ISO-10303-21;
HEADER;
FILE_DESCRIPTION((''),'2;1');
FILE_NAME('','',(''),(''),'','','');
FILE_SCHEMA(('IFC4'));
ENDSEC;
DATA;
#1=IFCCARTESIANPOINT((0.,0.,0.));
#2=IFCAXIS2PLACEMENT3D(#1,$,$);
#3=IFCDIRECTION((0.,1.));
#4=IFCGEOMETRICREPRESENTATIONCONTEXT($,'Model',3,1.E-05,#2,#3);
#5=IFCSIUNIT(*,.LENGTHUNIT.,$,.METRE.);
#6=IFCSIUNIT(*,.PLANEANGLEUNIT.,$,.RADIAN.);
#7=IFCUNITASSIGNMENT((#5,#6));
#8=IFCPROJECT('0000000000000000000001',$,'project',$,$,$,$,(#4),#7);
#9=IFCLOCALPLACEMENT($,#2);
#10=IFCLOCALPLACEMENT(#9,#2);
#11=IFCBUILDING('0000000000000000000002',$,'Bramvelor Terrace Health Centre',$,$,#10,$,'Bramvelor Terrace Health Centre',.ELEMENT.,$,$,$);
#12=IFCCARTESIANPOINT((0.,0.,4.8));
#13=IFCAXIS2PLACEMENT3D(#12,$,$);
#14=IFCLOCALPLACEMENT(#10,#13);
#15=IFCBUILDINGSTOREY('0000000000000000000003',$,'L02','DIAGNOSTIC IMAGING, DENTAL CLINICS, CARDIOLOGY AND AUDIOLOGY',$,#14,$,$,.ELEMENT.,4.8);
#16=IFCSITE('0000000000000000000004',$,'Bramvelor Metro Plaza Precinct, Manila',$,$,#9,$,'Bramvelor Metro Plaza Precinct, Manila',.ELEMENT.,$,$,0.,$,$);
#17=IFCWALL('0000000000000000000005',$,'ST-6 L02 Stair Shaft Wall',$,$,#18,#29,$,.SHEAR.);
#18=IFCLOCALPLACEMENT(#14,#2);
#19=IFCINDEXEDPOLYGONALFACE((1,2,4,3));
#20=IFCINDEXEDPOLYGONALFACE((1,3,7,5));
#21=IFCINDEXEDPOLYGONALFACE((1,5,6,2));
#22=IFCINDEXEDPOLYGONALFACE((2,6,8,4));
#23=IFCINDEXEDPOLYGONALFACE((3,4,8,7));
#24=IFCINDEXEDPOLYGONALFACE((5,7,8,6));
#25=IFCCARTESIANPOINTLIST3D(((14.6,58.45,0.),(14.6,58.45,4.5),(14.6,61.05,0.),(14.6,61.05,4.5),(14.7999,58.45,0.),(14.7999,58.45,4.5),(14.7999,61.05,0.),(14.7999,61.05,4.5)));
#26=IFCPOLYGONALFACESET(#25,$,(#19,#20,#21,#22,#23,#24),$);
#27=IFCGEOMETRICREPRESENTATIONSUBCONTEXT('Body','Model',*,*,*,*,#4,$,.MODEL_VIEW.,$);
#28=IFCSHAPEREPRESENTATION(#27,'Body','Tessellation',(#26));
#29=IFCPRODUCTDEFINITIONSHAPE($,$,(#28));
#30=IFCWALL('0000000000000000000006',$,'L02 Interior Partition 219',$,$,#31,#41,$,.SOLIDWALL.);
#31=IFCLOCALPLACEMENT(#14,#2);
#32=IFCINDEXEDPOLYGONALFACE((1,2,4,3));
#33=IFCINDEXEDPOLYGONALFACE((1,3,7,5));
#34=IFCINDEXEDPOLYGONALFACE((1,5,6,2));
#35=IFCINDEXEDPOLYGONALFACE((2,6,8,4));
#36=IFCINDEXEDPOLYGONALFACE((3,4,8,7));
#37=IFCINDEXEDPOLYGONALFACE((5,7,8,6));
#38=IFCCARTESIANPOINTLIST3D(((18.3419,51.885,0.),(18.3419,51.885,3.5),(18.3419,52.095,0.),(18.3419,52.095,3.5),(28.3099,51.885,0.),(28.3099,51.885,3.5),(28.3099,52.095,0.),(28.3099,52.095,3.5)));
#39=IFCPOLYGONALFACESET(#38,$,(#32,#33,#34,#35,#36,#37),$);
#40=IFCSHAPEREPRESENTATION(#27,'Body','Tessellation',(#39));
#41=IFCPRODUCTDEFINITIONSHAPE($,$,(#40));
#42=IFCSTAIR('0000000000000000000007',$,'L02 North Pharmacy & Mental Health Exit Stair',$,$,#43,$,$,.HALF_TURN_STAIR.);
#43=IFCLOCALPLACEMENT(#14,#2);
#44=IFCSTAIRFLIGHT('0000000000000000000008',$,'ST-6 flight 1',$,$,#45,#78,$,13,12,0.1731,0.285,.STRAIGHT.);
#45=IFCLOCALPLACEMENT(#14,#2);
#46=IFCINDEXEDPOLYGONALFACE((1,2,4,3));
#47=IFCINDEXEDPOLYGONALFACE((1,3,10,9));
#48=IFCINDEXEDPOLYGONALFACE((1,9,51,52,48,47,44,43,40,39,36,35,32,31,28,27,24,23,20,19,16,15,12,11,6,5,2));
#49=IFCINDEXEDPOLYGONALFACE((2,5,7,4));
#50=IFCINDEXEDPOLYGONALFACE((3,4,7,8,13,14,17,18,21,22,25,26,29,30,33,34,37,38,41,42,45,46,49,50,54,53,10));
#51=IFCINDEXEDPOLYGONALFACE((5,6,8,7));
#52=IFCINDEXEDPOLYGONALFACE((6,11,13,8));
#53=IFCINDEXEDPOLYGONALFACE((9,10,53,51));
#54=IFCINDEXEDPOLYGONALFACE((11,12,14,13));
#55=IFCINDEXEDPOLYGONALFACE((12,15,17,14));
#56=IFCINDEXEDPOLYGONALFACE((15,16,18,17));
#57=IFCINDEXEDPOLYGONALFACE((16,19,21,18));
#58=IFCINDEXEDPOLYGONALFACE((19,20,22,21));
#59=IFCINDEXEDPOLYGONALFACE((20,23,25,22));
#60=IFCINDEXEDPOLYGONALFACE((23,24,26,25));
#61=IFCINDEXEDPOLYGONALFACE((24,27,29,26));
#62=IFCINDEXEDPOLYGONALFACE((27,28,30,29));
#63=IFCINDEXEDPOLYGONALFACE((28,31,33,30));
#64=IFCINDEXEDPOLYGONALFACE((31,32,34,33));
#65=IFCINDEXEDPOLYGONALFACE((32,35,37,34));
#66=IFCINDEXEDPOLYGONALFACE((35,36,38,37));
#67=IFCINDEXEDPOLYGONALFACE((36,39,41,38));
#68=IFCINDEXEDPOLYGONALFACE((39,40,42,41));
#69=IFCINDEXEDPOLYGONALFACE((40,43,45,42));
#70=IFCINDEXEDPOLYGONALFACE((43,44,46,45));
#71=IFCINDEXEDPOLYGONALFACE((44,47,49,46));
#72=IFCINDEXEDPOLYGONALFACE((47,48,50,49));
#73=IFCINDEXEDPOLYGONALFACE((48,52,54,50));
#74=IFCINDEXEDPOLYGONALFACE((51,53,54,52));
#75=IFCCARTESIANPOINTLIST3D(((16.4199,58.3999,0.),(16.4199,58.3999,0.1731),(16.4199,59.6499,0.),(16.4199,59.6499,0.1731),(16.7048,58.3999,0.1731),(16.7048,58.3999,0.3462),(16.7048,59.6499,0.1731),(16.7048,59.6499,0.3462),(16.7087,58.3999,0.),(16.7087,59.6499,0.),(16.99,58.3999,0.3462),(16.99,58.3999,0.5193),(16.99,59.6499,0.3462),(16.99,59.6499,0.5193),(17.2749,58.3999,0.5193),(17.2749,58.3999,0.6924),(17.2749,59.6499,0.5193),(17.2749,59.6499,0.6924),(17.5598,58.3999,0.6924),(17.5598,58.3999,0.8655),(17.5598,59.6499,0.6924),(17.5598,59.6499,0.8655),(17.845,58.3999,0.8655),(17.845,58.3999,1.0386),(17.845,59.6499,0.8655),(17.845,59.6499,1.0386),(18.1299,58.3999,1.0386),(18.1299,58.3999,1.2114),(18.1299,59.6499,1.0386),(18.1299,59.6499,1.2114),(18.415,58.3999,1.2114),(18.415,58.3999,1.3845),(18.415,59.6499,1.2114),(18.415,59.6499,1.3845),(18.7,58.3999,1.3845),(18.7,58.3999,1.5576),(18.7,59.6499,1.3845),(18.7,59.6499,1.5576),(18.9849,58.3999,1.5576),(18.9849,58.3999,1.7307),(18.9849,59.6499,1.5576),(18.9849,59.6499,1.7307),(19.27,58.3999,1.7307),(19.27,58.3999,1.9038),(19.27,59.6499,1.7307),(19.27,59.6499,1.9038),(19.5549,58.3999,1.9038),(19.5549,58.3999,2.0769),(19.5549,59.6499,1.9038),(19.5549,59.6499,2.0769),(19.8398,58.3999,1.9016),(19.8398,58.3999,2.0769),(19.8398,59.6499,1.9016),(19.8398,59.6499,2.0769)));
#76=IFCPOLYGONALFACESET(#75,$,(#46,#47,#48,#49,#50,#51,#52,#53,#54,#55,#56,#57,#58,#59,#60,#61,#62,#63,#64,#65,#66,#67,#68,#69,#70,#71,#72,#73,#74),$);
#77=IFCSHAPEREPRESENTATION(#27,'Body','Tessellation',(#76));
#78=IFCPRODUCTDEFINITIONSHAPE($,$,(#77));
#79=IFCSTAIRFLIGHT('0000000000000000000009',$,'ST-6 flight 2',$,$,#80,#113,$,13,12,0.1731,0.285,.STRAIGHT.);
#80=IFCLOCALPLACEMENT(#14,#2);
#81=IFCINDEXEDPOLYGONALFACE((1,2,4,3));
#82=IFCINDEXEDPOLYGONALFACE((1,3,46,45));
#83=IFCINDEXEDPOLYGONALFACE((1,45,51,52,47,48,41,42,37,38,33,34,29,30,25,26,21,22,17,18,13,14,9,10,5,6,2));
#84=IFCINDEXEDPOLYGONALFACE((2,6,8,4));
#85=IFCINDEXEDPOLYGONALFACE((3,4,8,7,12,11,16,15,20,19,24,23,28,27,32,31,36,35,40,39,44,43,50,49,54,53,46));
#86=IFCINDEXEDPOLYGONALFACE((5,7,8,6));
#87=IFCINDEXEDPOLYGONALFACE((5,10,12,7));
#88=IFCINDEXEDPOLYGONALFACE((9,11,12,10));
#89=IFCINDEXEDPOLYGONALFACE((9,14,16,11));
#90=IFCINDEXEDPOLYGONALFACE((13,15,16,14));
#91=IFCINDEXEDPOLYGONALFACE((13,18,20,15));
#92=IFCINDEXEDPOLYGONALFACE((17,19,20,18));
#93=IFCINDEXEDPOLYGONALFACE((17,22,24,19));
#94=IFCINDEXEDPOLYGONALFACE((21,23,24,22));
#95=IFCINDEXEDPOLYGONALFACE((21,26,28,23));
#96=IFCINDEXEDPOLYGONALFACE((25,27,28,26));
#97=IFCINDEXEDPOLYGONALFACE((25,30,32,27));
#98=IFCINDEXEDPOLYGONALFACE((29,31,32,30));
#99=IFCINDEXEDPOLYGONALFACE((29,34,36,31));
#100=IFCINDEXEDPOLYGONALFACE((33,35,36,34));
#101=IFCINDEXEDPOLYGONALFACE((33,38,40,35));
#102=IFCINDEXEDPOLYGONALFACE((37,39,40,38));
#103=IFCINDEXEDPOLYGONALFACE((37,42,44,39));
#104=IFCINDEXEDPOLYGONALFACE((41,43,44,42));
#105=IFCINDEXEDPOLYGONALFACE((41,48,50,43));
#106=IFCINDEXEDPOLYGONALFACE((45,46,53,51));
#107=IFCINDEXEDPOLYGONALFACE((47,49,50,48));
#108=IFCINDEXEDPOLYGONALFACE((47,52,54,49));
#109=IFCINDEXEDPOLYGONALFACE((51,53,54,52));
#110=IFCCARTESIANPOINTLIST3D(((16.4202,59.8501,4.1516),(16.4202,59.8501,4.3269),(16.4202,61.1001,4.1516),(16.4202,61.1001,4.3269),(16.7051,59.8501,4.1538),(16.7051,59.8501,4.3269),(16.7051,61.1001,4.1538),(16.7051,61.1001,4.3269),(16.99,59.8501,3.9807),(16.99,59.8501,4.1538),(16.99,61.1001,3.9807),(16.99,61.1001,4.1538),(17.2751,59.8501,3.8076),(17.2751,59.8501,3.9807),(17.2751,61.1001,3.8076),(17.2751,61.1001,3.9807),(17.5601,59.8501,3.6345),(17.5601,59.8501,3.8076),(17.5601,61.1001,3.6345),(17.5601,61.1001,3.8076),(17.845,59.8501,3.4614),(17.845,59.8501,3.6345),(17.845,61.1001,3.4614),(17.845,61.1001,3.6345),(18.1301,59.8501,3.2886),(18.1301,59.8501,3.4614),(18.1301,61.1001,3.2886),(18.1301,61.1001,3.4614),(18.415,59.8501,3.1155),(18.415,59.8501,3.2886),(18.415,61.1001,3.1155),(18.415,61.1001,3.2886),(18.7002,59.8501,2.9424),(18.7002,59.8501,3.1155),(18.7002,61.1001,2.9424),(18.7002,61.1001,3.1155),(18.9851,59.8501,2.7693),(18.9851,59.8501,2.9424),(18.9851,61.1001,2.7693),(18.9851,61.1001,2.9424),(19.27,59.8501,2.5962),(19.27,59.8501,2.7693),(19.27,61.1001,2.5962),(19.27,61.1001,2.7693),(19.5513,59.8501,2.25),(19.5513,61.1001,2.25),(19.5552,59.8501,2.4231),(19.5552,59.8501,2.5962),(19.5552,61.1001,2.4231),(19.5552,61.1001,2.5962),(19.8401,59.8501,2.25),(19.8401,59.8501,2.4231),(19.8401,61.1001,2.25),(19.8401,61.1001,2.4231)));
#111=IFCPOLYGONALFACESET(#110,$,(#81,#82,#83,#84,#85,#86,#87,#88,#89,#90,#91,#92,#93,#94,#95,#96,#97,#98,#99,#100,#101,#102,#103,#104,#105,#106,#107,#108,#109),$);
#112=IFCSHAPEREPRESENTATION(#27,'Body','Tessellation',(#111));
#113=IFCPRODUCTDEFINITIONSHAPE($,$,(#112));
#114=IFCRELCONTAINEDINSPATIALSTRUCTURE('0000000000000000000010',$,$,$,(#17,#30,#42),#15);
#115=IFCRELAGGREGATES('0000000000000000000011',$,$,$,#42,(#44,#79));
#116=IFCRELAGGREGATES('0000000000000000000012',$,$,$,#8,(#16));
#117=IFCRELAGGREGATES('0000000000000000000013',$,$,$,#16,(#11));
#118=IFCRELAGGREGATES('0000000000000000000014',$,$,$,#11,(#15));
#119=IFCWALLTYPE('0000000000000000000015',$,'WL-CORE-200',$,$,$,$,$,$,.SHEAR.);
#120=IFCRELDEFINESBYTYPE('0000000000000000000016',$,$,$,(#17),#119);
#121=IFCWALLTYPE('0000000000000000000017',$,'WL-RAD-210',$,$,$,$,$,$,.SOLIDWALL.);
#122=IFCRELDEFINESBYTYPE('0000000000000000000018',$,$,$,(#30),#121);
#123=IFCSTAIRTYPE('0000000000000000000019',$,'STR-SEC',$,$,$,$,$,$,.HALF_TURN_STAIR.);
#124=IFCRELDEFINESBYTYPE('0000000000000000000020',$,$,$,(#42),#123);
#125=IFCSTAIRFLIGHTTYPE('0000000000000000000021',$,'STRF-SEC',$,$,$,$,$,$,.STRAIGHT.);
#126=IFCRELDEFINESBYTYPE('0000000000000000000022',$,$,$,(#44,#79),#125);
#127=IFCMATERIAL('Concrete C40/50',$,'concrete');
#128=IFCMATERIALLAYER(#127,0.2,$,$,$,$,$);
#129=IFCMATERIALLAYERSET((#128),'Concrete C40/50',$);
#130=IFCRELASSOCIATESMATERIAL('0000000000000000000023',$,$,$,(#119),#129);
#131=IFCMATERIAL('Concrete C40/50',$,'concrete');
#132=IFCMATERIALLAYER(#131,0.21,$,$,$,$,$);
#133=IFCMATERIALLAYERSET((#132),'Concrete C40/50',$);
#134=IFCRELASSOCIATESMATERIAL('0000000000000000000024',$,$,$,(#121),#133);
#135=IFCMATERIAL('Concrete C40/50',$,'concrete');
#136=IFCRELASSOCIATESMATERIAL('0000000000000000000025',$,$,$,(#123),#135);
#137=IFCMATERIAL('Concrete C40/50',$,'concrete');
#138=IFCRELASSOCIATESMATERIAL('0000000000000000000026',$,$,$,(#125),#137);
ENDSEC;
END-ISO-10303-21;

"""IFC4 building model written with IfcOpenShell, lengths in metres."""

from ifc_helpers import new_model, si_unit, direction, frame, frame_2d, origin, place, context, subcontext, project, spatial, polyline, rectangle, outline, extrude, material, layer, layer_set, type_object, element, aggregate, save


model = new_model("IFC4")

# Units and contexts
model_context = context("Model", 3, precision=1e-05, world=origin(), true_north=direction((0.0, 1.0)))
body_context = subcontext(model_context, "Body", "Model", "MODEL_VIEW")
ifc_project = project(units=[si_unit("LENGTHUNIT", "METRE"), si_unit("PLANEANGLEUNIT", "RADIAN")], contexts=[model_context])

# Site, building, storey
site_placement = place(None, origin())
site = spatial("IfcSite", under=ifc_project, at=site_placement, Name="Bramvelor Metro Plaza Precinct, Manila", LongName="Bramvelor Metro Plaza Precinct, Manila", CompositionType="ELEMENT", RefElevation=0.0)
building_placement = place(site_placement, origin())
building = spatial("IfcBuilding", under=site, at=building_placement, Name="Bramvelor Terrace Health Centre", LongName="Bramvelor Terrace Health Centre", CompositionType="ELEMENT")
storey_placement = place(building_placement, frame((0.0, 0.0, 4.8)))
storey = spatial("IfcBuildingStorey", under=building, at=storey_placement, Name="L02", Description="DIAGNOSTIC IMAGING, DENTAL CLINICS, CARDIOLOGY AND AUDIOLOGY", CompositionType="ELEMENT", Elevation=4.8)

# Shared definitions
ifc_material_1 = material(Name="Concrete C40/50", Category="concrete")
ifc_layer_1 = layer(ifc_material_1, 0.2)
ifc_layer_set_1 = layer_set([ifc_layer_1], Name="Concrete C40/50")
wall_type_1 = type_object("IfcWallType", Name="WL-CORE-200", PredefinedType="SHEAR", material=ifc_layer_set_1)

# Walls
wall_1_placement = place(storey_placement, frame((14.7, 58.45, 0.0), z_axis=(0.0, 0.0, 1.0), x_axis=(0.0, 1.0, 0.0)))
element("IfcWall", 1, at=wall_1_placement, inside=storey, type_object=wall_type_1, Name="ST-6 L02 Stair Shaft Wall", PredefinedType="SHEAR", context=body_context, shape_type="SweptSolid", body=[
    extrude(rectangle(XDim=2.6001, YDim=0.2, at=frame_2d((1.3, 0.0))), origin(), (0.0, 0.0, 1.0), 4.5),
])
ifc_material_2 = material(Name="Concrete C40/50", Category="concrete")
ifc_layer_2 = layer(ifc_material_2, 0.21)
ifc_layer_set_2 = layer_set([ifc_layer_2], Name="Concrete C40/50")
wall_type_2 = type_object("IfcWallType", Name="WL-RAD-210", PredefinedType="SOLIDWALL", material=ifc_layer_set_2)
wall_2_placement = place(storey_placement, frame((18.342, 51.99, 0.0), z_axis=(0.0, 0.0, 1.0), x_axis=(1.0, 0.0, 0.0)))
element("IfcWall", 2, at=wall_2_placement, inside=storey, type_object=wall_type_2, Name="L02 Interior Partition 219", PredefinedType="SOLIDWALL", context=body_context, shape_type="SweptSolid", body=[
    extrude(rectangle(XDim=9.968, YDim=0.21, at=frame_2d((4.9839, 0.0))), origin(), (0.0, 0.0, 1.0), 3.5),
])

# Stair, stair flights
ifc_material_3 = material(Name="Concrete C40/50", Category="concrete")
stair_type = type_object("IfcStairType", Name="STR-SEC", PredefinedType="HALF_TURN_STAIR", material=ifc_material_3)
stair_placement = place(storey_placement, origin())
stair = element("IfcStair", 3, at=stair_placement, inside=storey, type_object=stair_type, Name="L02 North Pharmacy & Mental Health Exit Stair", PredefinedType="HALF_TURN_STAIR")
ifc_material_4 = material(Name="Concrete C40/50", Category="concrete")
stair_flight_type = type_object("IfcStairFlightType", Name="STRF-SEC", PredefinedType="STRAIGHT", material=ifc_material_4)
stair_flight_1_placement = place(storey_placement, frame((16.4199, 59.0249, 0.0), z_axis=(0.0, 0.0, 1.0), x_axis=(1.0, 0.0, 0.0)))
stair_flight_1 = element("IfcStairFlight", 4, at=stair_flight_1_placement, type_object=stair_flight_type, Name="ST-6 flight 1", NumberOfRisers=13, NumberOfTreads=12, PredefinedType="STRAIGHT", RiserHeight=0.1731, TreadLength=0.285, context=body_context, shape_type="SweptSolid", body=[
    extrude(outline(polyline([(0.0, 0.0), (0.0, 0.1731), (0.2849, 0.1731), (0.2849, 0.3462), (0.5701, 0.3462), (0.5701, 0.5193), (0.855, 0.5193), (0.855, 0.6924), (1.1399, 0.6924), (1.1399, 0.8655), (1.425, 0.8655), (1.425, 1.0386), (1.71, 1.0386), (1.71, 1.2114), (1.9951, 1.2114), (1.9951, 1.3845), (2.28, 1.3845), (2.28, 1.5576), (2.5649, 1.5576), (2.5649, 1.7307), (2.8501, 1.7307), (2.8501, 1.9038), (3.135, 1.9038), (3.135, 2.0769), (3.4199, 2.0769), (3.4199, 2.25), (3.4199, 1.9016), (0.2888, 0.0), (0.0, 0.0)])), frame((0.0, 0.625, 0.0), z_axis=(0.0, -1.0, 0.0), x_axis=(1.0, 0.0, 0.0)), (0.0, 0.0, 1.0), 1.25),
])
stair_flight_2_placement = place(storey_placement, frame((19.8401, 60.4751, 2.25), z_axis=(0.0, 0.0, 1.0), x_axis=(-1.0, 0.0, 0.0)))
stair_flight_2 = element("IfcStairFlight", 5, at=stair_flight_2_placement, type_object=stair_flight_type, Name="ST-6 flight 2", NumberOfRisers=13, NumberOfTreads=12, PredefinedType="STRAIGHT", RiserHeight=0.1731, TreadLength=0.285, context=body_context, shape_type="SweptSolid", body=[
    extrude(outline(polyline([(0.0, 0.0), (0.0, 0.1731), (0.2849, 0.1731), (0.2849, 0.3462), (0.5701, 0.3462), (0.5701, 0.5193), (0.855, 0.5193), (0.855, 0.6924), (1.1399, 0.6924), (1.1399, 0.8655), (1.425, 0.8655), (1.425, 1.0386), (1.71, 1.0386), (1.71, 1.2114), (1.9951, 1.2114), (1.9951, 1.3845), (2.28, 1.3845), (2.28, 1.5576), (2.5649, 1.5576), (2.5649, 1.7307), (2.8501, 1.7307), (2.8501, 1.9038), (3.135, 1.9038), (3.135, 2.0769), (3.4199, 2.0769), (3.4199, 2.25), (3.4199, 1.9016), (0.2888, 0.0), (0.0, 0.0)])), frame((0.0, 0.625, 0.0), z_axis=(0.0, -1.0, 0.0), x_axis=(1.0, 0.0, 0.0)), (0.0, 0.0, 1.0), 1.25),
])
aggregate(stair, [stair_flight_1, stair_flight_2])

save(model, "model.ifc")
